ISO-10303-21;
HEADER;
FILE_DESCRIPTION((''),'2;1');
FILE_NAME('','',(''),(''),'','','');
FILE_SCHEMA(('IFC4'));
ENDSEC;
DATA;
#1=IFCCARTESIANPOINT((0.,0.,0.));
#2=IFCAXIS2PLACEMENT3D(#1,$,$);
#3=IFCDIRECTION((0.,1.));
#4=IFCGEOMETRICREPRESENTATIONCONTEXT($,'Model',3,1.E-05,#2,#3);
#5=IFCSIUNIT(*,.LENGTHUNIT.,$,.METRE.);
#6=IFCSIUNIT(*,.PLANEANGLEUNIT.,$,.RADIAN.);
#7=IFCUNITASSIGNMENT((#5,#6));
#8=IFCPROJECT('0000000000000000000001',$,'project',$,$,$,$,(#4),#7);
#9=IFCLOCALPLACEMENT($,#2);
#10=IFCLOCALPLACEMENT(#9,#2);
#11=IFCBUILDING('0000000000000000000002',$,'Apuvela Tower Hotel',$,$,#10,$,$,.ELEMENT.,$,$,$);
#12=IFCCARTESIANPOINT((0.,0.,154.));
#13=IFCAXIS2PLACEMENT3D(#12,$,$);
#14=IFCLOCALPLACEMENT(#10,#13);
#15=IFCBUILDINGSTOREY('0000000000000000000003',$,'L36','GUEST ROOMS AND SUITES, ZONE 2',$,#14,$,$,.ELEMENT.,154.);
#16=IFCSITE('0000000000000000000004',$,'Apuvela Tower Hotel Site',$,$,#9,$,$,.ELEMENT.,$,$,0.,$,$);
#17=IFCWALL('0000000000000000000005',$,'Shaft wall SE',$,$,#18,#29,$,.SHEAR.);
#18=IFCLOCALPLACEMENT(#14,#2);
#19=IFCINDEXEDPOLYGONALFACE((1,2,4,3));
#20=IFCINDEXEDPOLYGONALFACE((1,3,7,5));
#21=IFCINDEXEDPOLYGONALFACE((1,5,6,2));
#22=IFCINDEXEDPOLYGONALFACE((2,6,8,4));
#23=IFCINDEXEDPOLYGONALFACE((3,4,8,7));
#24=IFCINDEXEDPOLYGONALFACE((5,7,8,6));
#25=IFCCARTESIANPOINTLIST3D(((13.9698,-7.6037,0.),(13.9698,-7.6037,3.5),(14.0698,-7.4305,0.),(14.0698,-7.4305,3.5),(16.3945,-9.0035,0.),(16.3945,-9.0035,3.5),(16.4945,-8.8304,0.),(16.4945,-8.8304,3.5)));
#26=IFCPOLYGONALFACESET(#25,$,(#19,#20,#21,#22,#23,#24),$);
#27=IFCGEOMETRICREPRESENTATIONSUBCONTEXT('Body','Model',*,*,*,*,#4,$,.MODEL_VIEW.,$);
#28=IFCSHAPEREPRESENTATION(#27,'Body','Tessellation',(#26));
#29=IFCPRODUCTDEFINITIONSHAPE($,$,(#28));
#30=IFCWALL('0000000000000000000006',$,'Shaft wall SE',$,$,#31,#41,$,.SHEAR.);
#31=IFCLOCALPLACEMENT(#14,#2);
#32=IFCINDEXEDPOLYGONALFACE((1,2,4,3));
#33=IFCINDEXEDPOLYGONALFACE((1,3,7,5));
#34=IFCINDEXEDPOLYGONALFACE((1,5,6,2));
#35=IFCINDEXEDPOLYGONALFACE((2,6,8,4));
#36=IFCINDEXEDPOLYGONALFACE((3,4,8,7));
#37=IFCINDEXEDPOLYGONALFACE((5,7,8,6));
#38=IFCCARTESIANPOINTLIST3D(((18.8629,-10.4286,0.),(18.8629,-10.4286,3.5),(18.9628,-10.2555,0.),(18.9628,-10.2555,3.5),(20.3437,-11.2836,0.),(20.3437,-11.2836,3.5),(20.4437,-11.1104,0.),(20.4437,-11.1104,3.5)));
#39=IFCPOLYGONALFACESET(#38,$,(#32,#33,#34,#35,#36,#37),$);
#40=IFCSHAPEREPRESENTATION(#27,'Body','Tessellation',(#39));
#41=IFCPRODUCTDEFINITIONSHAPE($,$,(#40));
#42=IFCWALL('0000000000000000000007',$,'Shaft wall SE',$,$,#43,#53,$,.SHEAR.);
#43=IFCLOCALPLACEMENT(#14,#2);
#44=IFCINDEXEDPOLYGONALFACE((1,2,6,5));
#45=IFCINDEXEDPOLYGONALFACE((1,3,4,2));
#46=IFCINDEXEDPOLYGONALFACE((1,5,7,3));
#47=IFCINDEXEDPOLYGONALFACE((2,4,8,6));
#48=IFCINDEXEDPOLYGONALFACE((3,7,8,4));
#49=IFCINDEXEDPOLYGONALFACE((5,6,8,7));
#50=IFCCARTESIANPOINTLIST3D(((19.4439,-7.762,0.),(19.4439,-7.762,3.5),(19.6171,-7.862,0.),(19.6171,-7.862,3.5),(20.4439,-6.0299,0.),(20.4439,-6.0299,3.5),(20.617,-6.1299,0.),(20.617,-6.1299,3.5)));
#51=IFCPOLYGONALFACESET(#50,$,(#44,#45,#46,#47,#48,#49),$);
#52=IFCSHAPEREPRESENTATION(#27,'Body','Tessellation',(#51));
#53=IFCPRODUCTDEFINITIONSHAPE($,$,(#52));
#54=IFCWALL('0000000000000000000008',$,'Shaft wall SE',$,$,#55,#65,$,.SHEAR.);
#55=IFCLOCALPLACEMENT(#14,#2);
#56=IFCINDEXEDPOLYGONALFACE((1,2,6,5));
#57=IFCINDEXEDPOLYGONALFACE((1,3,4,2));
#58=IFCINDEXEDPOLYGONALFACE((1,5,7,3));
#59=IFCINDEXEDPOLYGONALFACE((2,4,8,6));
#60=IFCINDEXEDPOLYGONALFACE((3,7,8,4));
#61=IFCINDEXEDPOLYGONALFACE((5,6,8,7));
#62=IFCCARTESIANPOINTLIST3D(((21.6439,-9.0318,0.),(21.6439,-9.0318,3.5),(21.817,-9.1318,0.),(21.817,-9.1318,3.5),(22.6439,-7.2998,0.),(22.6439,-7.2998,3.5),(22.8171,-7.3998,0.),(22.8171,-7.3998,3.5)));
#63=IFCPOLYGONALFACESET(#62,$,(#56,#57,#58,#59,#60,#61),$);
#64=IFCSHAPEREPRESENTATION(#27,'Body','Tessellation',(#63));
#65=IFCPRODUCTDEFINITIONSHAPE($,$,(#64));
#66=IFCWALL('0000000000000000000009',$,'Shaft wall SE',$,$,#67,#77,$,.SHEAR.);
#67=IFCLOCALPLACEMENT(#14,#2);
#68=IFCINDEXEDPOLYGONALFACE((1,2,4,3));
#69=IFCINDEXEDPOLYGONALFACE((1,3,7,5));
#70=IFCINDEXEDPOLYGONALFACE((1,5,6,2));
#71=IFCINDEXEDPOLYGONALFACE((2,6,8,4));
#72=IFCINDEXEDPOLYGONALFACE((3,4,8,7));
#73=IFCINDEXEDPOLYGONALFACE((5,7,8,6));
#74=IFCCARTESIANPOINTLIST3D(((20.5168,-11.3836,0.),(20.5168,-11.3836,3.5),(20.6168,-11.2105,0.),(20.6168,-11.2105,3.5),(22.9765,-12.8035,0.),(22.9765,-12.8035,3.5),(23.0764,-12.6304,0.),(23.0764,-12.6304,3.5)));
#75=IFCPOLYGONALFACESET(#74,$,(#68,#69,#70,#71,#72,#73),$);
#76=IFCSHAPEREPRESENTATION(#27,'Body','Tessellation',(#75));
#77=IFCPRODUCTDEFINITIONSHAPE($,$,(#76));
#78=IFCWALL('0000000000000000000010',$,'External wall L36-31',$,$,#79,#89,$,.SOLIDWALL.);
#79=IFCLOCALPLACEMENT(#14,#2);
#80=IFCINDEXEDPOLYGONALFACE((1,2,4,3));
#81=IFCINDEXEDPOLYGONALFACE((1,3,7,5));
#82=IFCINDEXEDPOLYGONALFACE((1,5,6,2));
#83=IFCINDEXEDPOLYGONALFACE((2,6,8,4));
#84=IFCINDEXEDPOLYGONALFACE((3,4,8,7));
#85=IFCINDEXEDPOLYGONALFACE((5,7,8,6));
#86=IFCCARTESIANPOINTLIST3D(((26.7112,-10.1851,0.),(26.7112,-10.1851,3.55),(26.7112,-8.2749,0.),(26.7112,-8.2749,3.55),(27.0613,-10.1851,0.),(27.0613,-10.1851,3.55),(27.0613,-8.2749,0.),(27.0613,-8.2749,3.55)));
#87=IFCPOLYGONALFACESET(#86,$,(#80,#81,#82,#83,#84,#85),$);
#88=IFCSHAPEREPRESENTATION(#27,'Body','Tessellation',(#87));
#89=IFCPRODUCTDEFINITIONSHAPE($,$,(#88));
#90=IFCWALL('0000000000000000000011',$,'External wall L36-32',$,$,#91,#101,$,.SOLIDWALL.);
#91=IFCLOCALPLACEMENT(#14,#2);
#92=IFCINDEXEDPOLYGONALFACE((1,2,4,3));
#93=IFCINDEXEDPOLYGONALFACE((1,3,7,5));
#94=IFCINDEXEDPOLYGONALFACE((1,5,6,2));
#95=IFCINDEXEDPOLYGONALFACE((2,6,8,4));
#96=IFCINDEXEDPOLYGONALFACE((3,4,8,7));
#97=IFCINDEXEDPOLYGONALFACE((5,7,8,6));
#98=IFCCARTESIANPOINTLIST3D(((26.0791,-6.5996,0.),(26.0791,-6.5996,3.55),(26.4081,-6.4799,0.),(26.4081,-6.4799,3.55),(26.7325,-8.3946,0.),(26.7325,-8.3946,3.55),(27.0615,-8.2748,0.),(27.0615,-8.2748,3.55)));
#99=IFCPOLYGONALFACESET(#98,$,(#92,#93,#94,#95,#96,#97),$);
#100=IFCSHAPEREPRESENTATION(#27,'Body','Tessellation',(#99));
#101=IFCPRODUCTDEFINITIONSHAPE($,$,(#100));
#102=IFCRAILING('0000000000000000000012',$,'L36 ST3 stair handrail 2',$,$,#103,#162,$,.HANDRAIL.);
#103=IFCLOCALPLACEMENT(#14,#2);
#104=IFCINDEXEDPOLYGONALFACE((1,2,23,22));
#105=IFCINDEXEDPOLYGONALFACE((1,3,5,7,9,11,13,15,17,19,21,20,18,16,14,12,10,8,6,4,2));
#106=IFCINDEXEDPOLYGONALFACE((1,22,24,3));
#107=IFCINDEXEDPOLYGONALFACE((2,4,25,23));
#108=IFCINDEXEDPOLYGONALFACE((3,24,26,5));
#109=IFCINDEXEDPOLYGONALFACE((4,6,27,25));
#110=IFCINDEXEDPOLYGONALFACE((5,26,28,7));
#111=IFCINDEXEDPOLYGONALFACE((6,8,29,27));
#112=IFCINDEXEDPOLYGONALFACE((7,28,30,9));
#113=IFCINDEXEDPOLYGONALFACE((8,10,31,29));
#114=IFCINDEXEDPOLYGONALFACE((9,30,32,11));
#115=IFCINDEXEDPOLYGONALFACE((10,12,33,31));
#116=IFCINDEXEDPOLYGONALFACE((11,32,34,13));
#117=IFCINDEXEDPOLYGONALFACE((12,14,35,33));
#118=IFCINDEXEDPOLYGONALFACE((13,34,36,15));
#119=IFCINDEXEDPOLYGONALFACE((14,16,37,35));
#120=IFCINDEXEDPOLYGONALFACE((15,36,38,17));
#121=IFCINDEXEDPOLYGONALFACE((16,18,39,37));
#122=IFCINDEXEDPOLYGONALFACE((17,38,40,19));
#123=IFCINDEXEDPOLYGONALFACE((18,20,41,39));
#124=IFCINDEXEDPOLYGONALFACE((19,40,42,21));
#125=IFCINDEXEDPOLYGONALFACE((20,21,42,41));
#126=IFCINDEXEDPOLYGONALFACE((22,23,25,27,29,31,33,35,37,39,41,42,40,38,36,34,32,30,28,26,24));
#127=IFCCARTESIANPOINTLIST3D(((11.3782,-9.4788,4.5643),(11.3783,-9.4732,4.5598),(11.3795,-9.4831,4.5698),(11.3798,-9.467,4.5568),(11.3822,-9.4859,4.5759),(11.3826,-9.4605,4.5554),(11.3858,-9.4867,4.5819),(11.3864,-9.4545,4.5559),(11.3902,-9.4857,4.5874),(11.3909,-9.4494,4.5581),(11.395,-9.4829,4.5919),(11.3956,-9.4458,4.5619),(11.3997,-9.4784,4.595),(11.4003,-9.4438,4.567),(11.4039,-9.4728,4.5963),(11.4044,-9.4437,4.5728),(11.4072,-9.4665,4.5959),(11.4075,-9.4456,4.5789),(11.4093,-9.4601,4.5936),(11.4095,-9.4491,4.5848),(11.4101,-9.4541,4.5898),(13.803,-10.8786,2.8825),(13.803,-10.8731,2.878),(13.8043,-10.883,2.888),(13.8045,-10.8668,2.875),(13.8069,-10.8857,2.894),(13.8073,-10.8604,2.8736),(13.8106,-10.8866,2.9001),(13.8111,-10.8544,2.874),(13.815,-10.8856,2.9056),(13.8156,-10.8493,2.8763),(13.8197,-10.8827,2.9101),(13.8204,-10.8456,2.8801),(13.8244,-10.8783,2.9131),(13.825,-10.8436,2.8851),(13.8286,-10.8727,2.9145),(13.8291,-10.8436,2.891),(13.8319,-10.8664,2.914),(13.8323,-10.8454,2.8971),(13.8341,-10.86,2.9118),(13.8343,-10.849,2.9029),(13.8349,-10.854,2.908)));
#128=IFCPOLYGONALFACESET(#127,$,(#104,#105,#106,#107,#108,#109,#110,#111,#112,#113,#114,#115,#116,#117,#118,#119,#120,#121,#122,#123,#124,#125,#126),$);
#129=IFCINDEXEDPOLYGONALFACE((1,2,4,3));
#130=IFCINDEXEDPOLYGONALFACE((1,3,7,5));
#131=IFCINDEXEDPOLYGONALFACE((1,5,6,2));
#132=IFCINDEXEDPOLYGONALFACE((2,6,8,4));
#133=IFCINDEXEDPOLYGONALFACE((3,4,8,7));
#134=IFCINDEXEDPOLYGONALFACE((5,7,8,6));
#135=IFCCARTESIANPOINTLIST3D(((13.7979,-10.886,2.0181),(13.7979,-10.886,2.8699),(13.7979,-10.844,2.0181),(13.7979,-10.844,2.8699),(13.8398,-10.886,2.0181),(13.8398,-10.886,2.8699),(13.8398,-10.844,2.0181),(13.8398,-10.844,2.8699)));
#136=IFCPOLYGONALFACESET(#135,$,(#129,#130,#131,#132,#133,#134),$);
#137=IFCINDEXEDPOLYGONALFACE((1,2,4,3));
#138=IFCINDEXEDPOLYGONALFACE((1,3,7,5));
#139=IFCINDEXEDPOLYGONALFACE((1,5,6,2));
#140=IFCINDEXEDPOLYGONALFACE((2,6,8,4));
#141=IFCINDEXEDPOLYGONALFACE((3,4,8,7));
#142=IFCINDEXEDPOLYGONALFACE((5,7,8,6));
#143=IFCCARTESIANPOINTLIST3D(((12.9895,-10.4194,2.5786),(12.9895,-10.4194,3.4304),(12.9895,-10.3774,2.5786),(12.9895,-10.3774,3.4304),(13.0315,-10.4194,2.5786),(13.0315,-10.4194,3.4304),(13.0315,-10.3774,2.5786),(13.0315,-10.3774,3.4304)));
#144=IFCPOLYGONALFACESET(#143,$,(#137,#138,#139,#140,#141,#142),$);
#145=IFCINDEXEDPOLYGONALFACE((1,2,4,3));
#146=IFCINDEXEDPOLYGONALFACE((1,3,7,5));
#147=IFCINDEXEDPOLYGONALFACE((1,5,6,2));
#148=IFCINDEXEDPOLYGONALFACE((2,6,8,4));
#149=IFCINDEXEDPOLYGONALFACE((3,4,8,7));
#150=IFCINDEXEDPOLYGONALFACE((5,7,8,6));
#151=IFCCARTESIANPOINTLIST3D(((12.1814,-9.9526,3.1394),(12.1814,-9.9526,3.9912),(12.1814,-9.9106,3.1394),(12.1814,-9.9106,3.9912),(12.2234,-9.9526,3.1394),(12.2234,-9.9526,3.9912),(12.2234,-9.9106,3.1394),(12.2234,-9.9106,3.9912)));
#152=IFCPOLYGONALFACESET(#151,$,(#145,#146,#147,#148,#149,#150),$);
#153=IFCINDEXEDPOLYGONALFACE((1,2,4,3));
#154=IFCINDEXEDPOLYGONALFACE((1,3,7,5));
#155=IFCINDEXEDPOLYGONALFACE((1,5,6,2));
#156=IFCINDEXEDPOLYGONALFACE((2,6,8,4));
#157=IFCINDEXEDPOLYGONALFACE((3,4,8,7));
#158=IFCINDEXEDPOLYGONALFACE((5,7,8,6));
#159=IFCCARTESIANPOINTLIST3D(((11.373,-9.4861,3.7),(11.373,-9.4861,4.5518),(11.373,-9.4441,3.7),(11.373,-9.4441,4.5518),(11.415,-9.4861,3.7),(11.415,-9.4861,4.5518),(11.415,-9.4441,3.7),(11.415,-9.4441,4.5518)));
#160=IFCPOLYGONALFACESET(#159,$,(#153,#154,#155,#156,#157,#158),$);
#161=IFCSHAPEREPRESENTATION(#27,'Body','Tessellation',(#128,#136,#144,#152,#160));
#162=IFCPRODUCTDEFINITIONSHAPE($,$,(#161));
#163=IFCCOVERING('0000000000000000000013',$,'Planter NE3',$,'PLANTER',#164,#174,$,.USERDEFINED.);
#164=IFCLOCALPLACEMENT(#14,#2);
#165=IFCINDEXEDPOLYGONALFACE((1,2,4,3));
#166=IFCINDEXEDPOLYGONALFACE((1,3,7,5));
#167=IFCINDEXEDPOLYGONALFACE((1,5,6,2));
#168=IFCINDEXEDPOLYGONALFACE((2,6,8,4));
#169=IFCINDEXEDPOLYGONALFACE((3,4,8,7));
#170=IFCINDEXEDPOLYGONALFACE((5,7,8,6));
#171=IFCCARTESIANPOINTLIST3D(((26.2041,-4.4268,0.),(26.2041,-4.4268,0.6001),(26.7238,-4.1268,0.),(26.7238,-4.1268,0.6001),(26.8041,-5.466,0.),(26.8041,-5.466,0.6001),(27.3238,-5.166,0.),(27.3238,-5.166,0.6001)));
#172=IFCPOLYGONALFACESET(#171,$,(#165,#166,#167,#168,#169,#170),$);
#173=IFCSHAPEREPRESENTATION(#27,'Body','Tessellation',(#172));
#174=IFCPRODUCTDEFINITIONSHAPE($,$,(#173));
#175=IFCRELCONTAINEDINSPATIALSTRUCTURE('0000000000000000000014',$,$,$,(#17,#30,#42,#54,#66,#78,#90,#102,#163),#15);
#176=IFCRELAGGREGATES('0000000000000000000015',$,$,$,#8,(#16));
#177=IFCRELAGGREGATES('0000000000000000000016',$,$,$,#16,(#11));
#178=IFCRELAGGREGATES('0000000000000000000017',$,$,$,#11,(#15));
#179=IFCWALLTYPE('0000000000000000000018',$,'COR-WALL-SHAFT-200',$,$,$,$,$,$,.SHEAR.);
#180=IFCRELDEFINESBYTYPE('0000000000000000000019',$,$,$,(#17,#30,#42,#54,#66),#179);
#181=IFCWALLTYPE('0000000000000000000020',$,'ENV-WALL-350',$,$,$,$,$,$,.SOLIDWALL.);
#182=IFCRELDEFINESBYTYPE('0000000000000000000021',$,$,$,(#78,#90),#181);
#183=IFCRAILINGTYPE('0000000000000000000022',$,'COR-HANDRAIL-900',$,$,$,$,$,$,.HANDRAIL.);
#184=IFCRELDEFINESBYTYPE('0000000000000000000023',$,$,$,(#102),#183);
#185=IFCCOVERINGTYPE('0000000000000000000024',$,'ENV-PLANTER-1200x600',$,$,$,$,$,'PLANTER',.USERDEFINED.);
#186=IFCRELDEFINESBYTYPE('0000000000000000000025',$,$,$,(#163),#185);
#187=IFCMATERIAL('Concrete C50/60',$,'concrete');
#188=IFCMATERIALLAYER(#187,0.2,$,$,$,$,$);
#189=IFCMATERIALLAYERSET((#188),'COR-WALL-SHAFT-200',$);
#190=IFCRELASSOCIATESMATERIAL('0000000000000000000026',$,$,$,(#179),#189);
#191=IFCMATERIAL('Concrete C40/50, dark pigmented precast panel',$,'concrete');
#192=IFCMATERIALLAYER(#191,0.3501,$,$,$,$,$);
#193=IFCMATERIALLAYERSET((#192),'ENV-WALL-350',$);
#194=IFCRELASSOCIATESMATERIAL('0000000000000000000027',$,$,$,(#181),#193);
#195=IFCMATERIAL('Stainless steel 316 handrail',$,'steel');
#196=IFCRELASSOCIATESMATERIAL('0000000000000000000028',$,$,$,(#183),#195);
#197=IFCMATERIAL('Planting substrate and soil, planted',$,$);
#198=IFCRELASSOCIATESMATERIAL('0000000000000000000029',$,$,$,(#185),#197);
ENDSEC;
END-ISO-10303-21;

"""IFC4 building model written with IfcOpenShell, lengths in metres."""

from ifc_helpers import new_model, si_unit, direction, frame, frame_2d, origin, origin_2d, place, context, subcontext, project, spatial, rectangle, circle, extrude, material, layer, layer_set, type_object, element, save


model = new_model("IFC4")

# Units and contexts
model_context = context("Model", 3, precision=1e-05, world=origin(), true_north=direction((0.0, 1.0)))
body_context = subcontext(model_context, "Body", "Model", "MODEL_VIEW")
ifc_project = project(units=[si_unit("LENGTHUNIT", "METRE"), si_unit("PLANEANGLEUNIT", "RADIAN")], contexts=[model_context])

# Site, building, storey
site_placement = place(None, origin())
site = spatial("IfcSite", under=ifc_project, at=site_placement, Name="Apuvela Tower Hotel Site", CompositionType="ELEMENT", RefElevation=0.0)
building_placement = place(site_placement, origin())
building = spatial("IfcBuilding", under=site, at=building_placement, Name="Apuvela Tower Hotel", CompositionType="ELEMENT")
storey_placement = place(building_placement, frame((0.0, 0.0, 154.0)))
storey = spatial("IfcBuildingStorey", under=building, at=storey_placement, Name="L36", Description="GUEST ROOMS AND SUITES, ZONE 2", CompositionType="ELEMENT", Elevation=154.0)

# Walls
ifc_material_1 = material(Name="Concrete C50/60", Category="concrete")
ifc_layer_1 = layer(ifc_material_1, 0.2)
ifc_layer_set_1 = layer_set([ifc_layer_1], Name="COR-WALL-SHAFT-200")
wall_type_1 = type_object("IfcWallType", Name="COR-WALL-SHAFT-200", PredefinedType="SHEAR", material=ifc_layer_set_1)
wall_1_placement = place(storey_placement, frame((14.0198, -7.5171, 0.0), z_axis=(0.0, 0.0, 1.0), x_axis=(0.866035, -0.499984, 0.0)))
element("IfcWall", 1, at=wall_1_placement, inside=storey, type_object=wall_type_1, Name="Shaft wall SE", PredefinedType="SHEAR", context=body_context, shape_type="SweptSolid", body=[
    extrude(rectangle(XDim=2.7998, YDim=0.2, at=frame_2d((1.3999, 0.0))), origin(), (0.0, 0.0, 1.0), 3.5),
])
wall_2_placement = place(storey_placement, frame((18.9128, -10.342, 0.0), z_axis=(0.0, 0.0, 1.0), x_axis=(0.866038, -0.499978, 0.0)))
element("IfcWall", 2, at=wall_2_placement, inside=storey, type_object=wall_type_1, Name="Shaft wall SE", PredefinedType="SHEAR", context=body_context, shape_type="SweptSolid", body=[
    extrude(rectangle(XDim=1.71, YDim=0.2, at=frame_2d((0.855, 0.0))), origin(), (0.0, 0.0, 1.0), 3.5),
])
for number, where, z_axis, x_axis, name in (
    (3, (19.5305, -7.812, 0.0), (0.0, 0.0, 1.0), (0.499973, 0.866041, 0.0), "Shaft wall SE"),
    (4, (21.7305, -9.0818, 0.0), (0.0, 0.0, 1.0), (0.500025, 0.866011, 0.0), "Shaft wall SE"),
):
    element("IfcWall", number, at=place(storey_placement, frame(where, z_axis=z_axis, x_axis=x_axis)), inside=storey, type_object=wall_type_1, Name=name, PredefinedType="SHEAR", context=body_context, shape_type="SweptSolid", body=[
        extrude(rectangle(XDim=2.0, YDim=0.2, at=frame_2d((1.0, 0.0))), origin(), (0.0, 0.0, 1.0), 3.5),
    ])
wall_3_placement = place(storey_placement, frame((20.5669, -11.2971, 0.0), z_axis=(0.0, 0.0, 1.0), x_axis=(0.866055, -0.499948, 0.0)))
element("IfcWall", 5, at=wall_3_placement, inside=storey, type_object=wall_type_1, Name="Shaft wall SE", PredefinedType="SHEAR", context=body_context, shape_type="SweptSolid", body=[
    extrude(rectangle(XDim=2.8401, YDim=0.2, at=frame_2d((1.4199, 0.0))), origin(), (0.0, 0.0, 1.0), 3.5),
])
ifc_material_2 = material(Name="Concrete C40/50, dark pigmented precast panel", Category="concrete")
ifc_layer_2 = layer(ifc_material_2, 0.3501)
ifc_layer_set_2 = layer_set([ifc_layer_2], Name="ENV-WALL-350")
wall_type_2 = type_object("IfcWallType", Name="ENV-WALL-350", PredefinedType="SOLIDWALL", material=ifc_layer_set_2)
for number, where, z_axis, x_axis, name in (
    (6, (26.8862, -10.1851, 0.0), (0.0, 0.0, 1.0), (0.0, 1.0, 0.0), "External wall L36-31"),
    (7, (26.897, -8.3347, 0.0), (0.0, 0.0, 1.0), (-0.34203, 0.939689, 0.0), "External wall L36-32"),
):
    element("IfcWall", number, at=place(storey_placement, frame(where, z_axis=z_axis, x_axis=x_axis)), inside=storey, type_object=wall_type_2, Name=name, PredefinedType="SOLIDWALL", context=body_context, shape_type="SweptSolid", body=[
        extrude(rectangle(XDim=1.9102, YDim=0.3501, at=frame_2d((0.9551, 0.0))), origin(), (0.0, 0.0, 1.0), 3.55),
    ])

# Railing
ifc_material_3 = material(Name="Stainless steel 316 handrail", Category="steel")
railing_type_1 = type_object("IfcRailingType", Name="COR-HANDRAIL-900", PredefinedType="HANDRAIL", material=ifc_material_3)
railing_1_placement = place(storey_placement, frame((13.8188, -10.865, 2.0181)))
element("IfcRailing", 8, at=railing_1_placement, inside=storey, type_object=railing_type_1, Name="L36 ST3 stair handrail 2", PredefinedType="HANDRAIL", context=body_context, shape_type="SweptSolid", body=[
    extrude(circle(Radius=0.0239, at=origin_2d()), frame((0.0, 0.0, 0.876), z_axis=(-0.74239, 0.428601, 0.514934), x_axis=(-0.499984, -0.866035, 0.0)), (0.0, 0.0, 1.0), 3.2661),
    extrude(rectangle(XDim=0.042, YDim=0.042, at=origin_2d()), origin(), (0.0, 0.0, 1.0), 0.8518),
    extrude(rectangle(XDim=0.042, YDim=0.042, at=origin_2d()), frame((-0.8083, 0.4666, 0.5605)), (0.0, 0.0, 1.0), 0.8518),
    extrude(rectangle(XDim=0.042, YDim=0.042, at=origin_2d()), frame((-1.6165, 0.9333, 1.1213)), (0.0, 0.0, 1.0), 0.8518),
    extrude(rectangle(XDim=0.042, YDim=0.042, at=origin_2d()), frame((-2.4248, 1.3999, 1.6819)), (0.0, 0.0, 1.0), 0.8518),
])

# Covering
ifc_material_4 = material(Name="Planting substrate and soil, planted")
covering_type = type_object("IfcCoveringType", Name="ENV-PLANTER-1200x600", ElementType="PLANTER", PredefinedType="USERDEFINED", material=ifc_material_4)
covering_placement = place(storey_placement, frame((26.7639, -4.7964, 0.0), z_axis=(0.0, 0.0, 1.0), x_axis=(-0.5, 0.866025, 0.0)))
element("IfcCovering", 9, at=covering_placement, inside=storey, type_object=covering_type, Name="Planter NE3", ObjectType="PLANTER", PredefinedType="USERDEFINED", context=body_context, shape_type="SweptSolid", body=[
    extrude(rectangle(XDim=1.2, YDim=0.6001, at=origin_2d()), origin(), (0.0, 0.0, 1.0), 0.6001),
])

save(model, "model.ifc")
